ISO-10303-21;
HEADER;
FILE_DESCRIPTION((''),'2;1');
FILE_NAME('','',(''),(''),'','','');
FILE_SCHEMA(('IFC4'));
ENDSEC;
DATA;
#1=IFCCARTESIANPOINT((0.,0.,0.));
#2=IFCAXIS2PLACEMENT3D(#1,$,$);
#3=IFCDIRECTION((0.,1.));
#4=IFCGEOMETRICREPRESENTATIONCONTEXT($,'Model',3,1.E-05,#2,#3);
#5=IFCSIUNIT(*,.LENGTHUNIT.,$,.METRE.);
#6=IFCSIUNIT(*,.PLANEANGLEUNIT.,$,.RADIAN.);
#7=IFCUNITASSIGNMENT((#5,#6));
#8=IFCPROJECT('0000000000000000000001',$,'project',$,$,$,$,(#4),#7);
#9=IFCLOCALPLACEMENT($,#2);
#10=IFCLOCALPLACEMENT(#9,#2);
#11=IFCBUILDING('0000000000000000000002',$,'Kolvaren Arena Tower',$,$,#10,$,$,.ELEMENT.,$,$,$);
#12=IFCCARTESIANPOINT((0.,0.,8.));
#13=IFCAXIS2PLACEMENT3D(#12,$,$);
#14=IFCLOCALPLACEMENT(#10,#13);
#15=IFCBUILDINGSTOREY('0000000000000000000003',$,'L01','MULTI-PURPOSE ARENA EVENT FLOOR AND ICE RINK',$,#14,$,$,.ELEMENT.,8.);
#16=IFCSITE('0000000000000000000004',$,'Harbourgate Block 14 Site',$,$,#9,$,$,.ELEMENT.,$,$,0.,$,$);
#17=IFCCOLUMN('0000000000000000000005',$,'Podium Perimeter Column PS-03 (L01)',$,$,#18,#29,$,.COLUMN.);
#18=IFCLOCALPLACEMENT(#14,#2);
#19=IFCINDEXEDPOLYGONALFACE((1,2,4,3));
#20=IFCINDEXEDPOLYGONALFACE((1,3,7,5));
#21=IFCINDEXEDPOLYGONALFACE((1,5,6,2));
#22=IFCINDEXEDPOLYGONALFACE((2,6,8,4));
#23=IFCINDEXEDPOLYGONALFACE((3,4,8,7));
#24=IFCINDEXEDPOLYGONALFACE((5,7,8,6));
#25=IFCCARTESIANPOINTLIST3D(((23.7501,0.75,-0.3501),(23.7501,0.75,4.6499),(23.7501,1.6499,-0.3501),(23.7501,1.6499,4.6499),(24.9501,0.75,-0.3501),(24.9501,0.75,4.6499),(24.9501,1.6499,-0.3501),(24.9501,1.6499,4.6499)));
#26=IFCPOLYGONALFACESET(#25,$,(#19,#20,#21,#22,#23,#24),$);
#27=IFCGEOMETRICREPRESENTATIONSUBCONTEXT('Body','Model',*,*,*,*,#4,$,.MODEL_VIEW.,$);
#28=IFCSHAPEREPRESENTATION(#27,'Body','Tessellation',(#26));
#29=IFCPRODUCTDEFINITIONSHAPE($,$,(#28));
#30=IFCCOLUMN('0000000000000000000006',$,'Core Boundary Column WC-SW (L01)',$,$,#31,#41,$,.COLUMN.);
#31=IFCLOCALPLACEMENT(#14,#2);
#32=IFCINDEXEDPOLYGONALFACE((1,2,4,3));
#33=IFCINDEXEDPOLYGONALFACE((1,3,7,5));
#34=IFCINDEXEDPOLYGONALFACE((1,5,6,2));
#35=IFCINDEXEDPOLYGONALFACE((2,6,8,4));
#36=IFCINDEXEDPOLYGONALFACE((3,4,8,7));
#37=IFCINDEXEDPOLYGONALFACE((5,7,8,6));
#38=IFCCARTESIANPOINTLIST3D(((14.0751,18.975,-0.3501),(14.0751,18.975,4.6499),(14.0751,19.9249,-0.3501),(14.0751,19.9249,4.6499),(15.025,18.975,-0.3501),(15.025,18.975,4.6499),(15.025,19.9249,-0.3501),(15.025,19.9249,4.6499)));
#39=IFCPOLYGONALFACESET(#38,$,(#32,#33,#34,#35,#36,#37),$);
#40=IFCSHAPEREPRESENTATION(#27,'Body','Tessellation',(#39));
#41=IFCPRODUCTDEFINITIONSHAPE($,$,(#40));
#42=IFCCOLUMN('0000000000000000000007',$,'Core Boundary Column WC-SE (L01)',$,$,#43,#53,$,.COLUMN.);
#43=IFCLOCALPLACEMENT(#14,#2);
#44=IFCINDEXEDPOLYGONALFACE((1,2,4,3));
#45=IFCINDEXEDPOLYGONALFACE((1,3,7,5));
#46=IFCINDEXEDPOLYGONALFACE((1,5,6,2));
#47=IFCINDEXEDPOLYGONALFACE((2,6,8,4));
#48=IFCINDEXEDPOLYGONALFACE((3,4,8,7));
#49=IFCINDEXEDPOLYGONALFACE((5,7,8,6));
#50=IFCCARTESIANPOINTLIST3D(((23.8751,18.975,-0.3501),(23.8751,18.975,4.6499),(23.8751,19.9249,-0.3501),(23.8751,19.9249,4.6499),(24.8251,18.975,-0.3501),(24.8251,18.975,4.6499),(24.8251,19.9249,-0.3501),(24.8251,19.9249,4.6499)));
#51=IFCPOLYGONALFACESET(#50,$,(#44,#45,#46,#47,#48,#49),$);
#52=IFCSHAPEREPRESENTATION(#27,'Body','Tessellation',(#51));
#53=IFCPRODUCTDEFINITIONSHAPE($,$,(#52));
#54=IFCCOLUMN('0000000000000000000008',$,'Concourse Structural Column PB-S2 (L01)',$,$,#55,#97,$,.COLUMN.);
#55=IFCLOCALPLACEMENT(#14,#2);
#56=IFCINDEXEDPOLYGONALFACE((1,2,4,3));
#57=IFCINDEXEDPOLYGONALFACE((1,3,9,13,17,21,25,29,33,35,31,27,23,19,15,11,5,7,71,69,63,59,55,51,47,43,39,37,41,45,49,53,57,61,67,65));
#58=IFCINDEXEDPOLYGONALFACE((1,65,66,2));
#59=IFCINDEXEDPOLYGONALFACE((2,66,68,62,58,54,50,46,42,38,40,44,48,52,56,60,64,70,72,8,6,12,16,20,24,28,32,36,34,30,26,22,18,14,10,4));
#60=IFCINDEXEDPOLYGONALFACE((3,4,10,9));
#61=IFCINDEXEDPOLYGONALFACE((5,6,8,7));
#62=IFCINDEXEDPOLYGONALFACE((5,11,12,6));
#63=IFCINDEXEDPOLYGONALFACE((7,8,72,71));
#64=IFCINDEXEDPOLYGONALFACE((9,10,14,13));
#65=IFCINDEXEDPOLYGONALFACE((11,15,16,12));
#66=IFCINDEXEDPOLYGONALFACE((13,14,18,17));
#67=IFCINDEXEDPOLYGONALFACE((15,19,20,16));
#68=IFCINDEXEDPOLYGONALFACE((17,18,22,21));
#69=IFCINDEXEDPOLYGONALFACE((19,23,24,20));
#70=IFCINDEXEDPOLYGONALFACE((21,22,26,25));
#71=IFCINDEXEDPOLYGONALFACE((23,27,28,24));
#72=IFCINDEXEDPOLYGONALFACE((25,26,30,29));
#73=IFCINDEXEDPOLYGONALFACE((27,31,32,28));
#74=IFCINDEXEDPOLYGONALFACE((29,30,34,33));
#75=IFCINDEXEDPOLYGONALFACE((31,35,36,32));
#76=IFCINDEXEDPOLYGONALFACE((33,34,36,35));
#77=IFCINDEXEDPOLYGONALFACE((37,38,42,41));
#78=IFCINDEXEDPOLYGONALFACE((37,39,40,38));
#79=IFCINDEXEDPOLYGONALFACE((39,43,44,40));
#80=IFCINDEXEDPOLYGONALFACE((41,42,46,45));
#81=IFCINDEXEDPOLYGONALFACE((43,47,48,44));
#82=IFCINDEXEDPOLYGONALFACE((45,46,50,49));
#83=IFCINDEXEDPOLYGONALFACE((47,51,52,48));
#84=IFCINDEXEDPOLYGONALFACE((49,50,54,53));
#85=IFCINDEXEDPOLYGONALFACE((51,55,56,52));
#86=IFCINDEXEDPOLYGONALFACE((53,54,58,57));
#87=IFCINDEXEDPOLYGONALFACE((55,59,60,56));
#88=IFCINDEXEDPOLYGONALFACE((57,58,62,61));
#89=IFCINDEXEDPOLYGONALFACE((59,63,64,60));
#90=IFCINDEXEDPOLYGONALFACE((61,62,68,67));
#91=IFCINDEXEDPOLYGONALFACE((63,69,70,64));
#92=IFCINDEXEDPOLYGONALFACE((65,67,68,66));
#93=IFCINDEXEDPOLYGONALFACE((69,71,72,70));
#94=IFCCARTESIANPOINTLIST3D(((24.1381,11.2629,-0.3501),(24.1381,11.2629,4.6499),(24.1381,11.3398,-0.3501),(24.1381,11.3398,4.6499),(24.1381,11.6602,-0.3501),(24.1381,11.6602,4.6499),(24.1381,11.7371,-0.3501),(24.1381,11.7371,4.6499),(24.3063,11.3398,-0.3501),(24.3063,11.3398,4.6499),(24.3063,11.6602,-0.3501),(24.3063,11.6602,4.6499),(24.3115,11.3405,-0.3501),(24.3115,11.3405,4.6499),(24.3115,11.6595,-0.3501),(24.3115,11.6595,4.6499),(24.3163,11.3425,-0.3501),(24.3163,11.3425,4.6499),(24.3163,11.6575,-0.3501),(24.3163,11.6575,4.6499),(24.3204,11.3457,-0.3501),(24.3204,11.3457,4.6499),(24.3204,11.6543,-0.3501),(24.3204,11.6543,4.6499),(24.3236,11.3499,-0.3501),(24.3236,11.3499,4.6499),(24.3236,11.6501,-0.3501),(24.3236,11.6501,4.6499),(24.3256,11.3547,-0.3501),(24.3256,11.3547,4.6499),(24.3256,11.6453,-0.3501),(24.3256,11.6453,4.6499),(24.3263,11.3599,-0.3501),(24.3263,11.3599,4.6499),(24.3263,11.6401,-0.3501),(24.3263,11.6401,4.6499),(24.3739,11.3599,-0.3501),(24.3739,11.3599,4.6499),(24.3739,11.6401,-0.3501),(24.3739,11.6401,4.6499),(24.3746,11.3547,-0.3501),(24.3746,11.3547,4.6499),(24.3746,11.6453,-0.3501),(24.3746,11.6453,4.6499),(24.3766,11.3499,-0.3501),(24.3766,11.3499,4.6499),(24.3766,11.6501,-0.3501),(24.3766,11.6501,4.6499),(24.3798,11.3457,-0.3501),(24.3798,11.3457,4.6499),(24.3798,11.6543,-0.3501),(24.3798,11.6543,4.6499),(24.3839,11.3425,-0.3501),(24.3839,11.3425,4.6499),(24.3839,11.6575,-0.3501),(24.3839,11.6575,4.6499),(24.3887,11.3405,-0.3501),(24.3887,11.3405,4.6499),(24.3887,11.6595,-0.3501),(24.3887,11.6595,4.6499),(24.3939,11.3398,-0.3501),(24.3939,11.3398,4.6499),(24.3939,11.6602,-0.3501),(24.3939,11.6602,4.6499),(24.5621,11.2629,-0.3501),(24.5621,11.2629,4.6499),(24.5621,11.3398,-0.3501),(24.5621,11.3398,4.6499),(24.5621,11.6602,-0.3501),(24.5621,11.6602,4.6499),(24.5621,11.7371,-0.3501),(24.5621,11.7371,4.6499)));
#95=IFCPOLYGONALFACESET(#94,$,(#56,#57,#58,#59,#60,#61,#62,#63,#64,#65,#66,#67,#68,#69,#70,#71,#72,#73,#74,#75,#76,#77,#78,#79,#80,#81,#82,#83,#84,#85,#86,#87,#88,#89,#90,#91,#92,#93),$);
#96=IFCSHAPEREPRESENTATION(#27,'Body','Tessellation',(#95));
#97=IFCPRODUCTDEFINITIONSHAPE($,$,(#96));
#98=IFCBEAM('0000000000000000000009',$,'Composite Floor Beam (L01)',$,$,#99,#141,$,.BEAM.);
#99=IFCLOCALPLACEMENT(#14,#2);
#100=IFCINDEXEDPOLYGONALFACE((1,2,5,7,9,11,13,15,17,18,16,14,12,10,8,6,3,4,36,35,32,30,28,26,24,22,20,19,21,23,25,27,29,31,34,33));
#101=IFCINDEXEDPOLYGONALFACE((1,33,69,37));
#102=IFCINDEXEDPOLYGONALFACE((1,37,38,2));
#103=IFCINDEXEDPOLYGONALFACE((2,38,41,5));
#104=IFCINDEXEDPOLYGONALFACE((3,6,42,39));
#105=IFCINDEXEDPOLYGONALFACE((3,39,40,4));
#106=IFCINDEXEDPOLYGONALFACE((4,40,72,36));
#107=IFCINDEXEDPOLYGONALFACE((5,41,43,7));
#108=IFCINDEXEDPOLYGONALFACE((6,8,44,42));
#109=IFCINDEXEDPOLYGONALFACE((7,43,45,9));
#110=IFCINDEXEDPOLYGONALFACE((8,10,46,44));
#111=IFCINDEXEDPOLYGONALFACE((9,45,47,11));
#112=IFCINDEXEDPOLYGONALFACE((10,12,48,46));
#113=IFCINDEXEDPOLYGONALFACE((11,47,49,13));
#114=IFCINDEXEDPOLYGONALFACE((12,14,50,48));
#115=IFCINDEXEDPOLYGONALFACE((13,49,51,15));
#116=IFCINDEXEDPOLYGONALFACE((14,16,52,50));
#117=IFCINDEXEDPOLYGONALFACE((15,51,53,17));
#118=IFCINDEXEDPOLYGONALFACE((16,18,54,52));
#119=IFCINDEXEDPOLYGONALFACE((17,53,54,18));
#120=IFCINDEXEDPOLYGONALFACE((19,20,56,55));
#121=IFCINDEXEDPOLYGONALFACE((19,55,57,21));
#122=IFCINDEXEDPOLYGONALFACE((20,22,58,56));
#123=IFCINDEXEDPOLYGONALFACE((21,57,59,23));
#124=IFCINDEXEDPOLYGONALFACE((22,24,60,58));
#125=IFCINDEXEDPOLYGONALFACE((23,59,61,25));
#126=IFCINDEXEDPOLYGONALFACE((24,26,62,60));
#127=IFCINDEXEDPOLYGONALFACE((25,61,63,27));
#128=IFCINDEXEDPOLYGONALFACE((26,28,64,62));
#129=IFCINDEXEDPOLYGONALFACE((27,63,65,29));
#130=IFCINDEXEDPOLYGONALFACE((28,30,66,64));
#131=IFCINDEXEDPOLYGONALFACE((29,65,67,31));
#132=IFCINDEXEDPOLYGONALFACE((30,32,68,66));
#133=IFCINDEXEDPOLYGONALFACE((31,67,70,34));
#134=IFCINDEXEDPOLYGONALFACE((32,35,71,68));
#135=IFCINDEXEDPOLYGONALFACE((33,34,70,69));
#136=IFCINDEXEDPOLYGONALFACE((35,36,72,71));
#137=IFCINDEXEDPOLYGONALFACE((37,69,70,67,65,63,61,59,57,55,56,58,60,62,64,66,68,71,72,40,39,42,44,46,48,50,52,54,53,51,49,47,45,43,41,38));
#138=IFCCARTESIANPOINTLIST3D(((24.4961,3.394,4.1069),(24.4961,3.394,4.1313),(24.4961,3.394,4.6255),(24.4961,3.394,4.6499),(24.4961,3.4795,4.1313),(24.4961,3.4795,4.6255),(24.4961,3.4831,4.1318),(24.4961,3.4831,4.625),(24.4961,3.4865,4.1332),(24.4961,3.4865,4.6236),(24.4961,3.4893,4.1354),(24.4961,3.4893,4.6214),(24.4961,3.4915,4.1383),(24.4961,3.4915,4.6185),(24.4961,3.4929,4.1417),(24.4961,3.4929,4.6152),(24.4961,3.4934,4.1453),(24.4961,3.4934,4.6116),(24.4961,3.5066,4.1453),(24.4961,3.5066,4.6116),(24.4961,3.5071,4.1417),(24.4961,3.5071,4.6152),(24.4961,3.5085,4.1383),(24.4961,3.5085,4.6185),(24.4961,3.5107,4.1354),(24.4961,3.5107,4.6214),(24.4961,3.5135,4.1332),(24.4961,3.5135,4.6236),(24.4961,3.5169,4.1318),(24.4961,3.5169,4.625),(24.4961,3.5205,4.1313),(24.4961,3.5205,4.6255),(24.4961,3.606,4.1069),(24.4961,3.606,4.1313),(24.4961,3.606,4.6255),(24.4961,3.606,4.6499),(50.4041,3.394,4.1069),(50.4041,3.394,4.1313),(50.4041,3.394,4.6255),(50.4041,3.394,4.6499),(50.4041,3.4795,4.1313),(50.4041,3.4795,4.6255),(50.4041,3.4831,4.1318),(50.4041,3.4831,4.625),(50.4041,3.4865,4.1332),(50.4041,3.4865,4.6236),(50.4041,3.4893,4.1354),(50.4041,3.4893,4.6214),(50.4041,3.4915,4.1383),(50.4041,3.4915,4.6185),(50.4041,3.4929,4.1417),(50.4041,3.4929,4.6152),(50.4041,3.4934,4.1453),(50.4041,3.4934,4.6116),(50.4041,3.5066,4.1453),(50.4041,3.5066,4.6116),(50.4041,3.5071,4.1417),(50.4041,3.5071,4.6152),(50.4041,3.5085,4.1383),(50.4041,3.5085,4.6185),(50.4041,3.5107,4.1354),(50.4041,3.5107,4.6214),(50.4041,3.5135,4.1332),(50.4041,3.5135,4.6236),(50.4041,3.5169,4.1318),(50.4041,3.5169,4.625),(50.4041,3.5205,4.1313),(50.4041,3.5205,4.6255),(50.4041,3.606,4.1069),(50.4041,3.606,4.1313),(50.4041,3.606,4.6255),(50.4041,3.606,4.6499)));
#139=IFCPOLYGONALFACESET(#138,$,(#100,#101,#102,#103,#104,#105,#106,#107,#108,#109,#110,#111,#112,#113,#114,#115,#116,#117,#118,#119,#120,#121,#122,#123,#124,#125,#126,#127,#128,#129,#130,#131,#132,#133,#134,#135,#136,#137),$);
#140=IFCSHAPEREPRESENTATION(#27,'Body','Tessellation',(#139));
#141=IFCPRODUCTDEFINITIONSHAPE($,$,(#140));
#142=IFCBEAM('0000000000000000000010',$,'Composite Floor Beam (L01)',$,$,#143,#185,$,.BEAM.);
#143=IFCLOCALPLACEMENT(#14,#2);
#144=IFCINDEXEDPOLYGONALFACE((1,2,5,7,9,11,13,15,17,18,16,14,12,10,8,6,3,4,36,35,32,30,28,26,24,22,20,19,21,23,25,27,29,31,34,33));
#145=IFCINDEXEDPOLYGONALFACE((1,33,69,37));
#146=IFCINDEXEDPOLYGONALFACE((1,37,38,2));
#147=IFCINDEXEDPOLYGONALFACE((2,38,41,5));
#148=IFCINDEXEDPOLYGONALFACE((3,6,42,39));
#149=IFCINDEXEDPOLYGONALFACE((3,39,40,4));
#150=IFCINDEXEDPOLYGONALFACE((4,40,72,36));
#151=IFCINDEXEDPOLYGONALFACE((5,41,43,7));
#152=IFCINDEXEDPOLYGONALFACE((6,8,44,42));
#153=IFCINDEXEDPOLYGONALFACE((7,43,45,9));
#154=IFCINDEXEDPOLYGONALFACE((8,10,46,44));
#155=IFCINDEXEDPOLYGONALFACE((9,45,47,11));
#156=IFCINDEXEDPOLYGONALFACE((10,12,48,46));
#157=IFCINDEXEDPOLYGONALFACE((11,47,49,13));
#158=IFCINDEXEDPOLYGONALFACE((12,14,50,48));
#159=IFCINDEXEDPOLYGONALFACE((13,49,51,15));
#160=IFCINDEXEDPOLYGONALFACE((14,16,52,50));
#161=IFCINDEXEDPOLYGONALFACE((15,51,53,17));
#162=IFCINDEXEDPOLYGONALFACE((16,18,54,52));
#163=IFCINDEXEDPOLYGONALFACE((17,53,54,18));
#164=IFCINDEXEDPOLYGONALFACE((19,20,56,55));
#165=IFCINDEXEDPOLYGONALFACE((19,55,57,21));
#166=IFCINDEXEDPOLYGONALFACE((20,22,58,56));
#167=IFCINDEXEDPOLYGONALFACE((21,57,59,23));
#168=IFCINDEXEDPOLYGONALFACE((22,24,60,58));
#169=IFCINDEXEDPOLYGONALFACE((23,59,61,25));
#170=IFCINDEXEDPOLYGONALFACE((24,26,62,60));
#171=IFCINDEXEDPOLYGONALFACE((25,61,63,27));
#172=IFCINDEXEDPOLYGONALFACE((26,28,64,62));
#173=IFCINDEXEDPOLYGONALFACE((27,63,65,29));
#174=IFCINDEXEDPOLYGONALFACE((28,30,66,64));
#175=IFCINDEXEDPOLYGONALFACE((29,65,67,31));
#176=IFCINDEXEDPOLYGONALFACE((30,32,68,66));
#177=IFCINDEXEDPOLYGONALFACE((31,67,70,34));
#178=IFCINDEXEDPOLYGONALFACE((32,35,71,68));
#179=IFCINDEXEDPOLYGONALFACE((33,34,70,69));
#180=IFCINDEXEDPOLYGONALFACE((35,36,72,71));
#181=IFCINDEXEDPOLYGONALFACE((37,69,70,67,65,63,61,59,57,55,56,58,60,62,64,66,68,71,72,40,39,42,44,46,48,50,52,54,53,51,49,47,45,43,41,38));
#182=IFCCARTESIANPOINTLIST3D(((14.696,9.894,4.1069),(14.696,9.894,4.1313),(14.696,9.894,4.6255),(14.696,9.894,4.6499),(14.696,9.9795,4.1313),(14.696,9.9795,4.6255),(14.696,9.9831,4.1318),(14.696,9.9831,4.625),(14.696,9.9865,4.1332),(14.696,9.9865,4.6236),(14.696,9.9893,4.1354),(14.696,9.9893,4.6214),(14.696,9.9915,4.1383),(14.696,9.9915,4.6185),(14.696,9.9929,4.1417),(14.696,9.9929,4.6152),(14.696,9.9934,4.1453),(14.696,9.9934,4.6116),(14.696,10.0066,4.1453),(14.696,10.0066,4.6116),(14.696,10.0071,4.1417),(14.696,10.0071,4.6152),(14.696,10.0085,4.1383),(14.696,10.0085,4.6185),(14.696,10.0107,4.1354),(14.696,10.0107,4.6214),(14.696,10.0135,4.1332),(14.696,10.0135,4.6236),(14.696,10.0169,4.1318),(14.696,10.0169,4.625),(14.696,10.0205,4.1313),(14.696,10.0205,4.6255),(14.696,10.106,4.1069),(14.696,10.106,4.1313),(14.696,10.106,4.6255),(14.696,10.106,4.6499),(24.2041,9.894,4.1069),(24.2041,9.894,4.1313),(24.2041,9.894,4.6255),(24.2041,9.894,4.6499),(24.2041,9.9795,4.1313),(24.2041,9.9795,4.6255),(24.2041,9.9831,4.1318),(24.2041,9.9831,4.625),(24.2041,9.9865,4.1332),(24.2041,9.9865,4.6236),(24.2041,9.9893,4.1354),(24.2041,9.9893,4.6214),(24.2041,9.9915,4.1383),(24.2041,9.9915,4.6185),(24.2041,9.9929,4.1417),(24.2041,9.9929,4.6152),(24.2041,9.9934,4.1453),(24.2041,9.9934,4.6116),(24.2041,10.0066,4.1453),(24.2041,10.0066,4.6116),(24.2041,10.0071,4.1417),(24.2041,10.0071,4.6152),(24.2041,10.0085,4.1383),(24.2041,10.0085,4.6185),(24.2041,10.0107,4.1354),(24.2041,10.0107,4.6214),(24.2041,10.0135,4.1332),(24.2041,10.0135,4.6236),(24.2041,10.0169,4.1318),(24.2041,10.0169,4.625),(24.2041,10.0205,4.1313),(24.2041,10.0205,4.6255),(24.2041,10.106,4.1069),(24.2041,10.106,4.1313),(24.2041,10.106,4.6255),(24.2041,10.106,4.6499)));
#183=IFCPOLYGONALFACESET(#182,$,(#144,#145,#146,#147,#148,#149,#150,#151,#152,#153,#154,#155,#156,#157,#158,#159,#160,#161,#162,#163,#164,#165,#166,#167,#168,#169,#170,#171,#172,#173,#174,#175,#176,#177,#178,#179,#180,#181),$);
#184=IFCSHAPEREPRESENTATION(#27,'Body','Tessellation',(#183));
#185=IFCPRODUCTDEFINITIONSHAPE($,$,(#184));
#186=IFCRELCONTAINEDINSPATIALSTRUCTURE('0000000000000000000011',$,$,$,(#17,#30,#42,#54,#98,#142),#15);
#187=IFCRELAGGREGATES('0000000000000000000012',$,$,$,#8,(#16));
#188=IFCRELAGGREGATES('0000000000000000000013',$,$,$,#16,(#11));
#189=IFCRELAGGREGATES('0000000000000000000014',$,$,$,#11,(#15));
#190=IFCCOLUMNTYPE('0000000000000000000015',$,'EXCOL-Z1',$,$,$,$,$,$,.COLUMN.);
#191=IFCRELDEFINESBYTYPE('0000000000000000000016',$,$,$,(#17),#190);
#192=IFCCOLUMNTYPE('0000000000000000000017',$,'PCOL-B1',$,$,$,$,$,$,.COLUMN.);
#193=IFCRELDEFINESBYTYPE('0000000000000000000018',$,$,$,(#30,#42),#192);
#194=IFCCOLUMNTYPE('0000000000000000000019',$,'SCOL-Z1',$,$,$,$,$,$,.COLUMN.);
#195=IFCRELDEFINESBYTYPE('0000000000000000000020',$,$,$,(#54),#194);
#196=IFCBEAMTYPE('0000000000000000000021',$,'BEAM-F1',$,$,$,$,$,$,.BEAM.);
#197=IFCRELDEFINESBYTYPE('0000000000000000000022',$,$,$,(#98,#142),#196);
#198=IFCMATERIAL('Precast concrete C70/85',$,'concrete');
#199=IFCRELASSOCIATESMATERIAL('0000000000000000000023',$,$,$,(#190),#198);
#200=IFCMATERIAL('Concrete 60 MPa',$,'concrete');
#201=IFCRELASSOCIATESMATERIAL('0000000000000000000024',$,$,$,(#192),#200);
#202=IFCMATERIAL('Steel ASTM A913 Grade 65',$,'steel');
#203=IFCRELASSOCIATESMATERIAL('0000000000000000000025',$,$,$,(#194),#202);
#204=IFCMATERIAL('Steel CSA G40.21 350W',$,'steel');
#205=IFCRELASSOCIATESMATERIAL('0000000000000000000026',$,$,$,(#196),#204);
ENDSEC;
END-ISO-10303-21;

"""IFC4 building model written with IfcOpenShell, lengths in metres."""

from ifc_helpers import new_model, si_unit, direction, frame, origin, origin_2d, place, context, subcontext, project, spatial, rectangle, i_section, extrude, material, material_profile, profile_set, type_object, element, save


model = new_model("IFC4")

# Units and contexts
model_context = context("Model", 3, precision=1e-05, world=origin(), true_north=direction((0.0, 1.0)))
body_context = subcontext(model_context, "Body", "Model", "MODEL_VIEW")
ifc_project = project(units=[si_unit("LENGTHUNIT", "METRE"), si_unit("PLANEANGLEUNIT", "RADIAN")], contexts=[model_context])

# Site, building, storey
site_placement = place(None, origin())
site = spatial("IfcSite", under=ifc_project, at=site_placement, Name="Harbourgate Block 14 Site", CompositionType="ELEMENT", RefElevation=0.0)
building_placement = place(site_placement, origin())
building = spatial("IfcBuilding", under=site, at=building_placement, Name="Kolvaren Arena Tower", CompositionType="ELEMENT")
storey_placement = place(building_placement, frame((0.0, 0.0, 8.0)))
storey = spatial("IfcBuildingStorey", under=building, at=storey_placement, Name="L01", Description="MULTI-PURPOSE ARENA EVENT FLOOR AND ICE RINK", CompositionType="ELEMENT", Elevation=8.0)

# Columns
ifc_material_1 = material(Name="Precast concrete C70/85", Category="concrete")
ifc_material_profile_1 = material_profile(ifc_material_1, rectangle(XDim=1.2, YDim=0.8999, at=origin_2d()), Name="RC-1200x900")
ifc_profile_set_1 = profile_set([ifc_material_profile_1], Name="Precast concrete C70/85")
column_type_1 = type_object("IfcColumnType", Name="EXCOL-Z1", PredefinedType="COLUMN", material=ifc_profile_set_1)
column_1_placement = place(storey_placement, frame((24.3501, 1.2, -0.3501), z_axis=(0.0, 0.0, 1.0), x_axis=(1.0, 0.0, 0.0)))
element("IfcColumn", 1, at=column_1_placement, inside=storey, type_object=column_type_1, Name="Podium Perimeter Column PS-03 (L01)", PredefinedType="COLUMN", context=body_context, shape_type="SweptSolid", body=[
    extrude(rectangle(XDim=1.2, YDim=0.8999, at=origin_2d()), origin(), (0.0, 0.0, 1.0), 5.0),
])
ifc_material_2 = material(Name="Concrete 60 MPa", Category="concrete")
ifc_material_profile_2 = material_profile(ifc_material_2, rectangle(XDim=0.95, YDim=0.95, at=origin_2d()), Name="RC-950x950")
ifc_profile_set_2 = profile_set([ifc_material_profile_2], Name="Concrete 60 MPa")
column_type_2 = type_object("IfcColumnType", Name="PCOL-B1", PredefinedType="COLUMN", material=ifc_profile_set_2)
for number, where, z_axis, x_axis, name in (
    (2, (14.55, 19.45, -0.3501), (0.0, 0.0, 1.0), (1.0, 0.0, 0.0), "Core Boundary Column WC-SW (L01)"),
    (3, (24.3501, 19.45, -0.3501), (0.0, 0.0, 1.0), (1.0, 0.0, 0.0), "Core Boundary Column WC-SE (L01)"),
):
    element("IfcColumn", number, at=place(storey_placement, frame(where, z_axis=z_axis, x_axis=x_axis)), inside=storey, type_object=column_type_2, Name=name, PredefinedType="COLUMN", context=body_context, shape_type="SweptSolid", body=[
        extrude(rectangle(XDim=0.95, YDim=0.95, at=origin_2d()), origin(), (0.0, 0.0, 1.0), 5.0),
    ])
ifc_material_3 = material(Name="Steel ASTM A913 Grade 65", Category="steel")
ifc_material_profile_3 = material_profile(ifc_material_3, i_section(OverallWidth=0.4241, OverallDepth=0.4741, WebThickness=0.0476, FlangeThickness=0.0769, FilletRadius=0.02, at=origin_2d()), Name="W360x634")
ifc_profile_set_3 = profile_set([ifc_material_profile_3], Name="Steel ASTM A913 Grade 65")
column_type_3 = type_object("IfcColumnType", Name="SCOL-Z1", PredefinedType="COLUMN", material=ifc_profile_set_3)
column_2_placement = place(storey_placement, frame((24.3501, 11.5, -0.3501), z_axis=(0.0, 0.0, 1.0), x_axis=(1.0, 0.0, 0.0)))
element("IfcColumn", 4, at=column_2_placement, inside=storey, type_object=column_type_3, Name="Concourse Structural Column PB-S2 (L01)", PredefinedType="COLUMN", context=body_context, shape_type="SweptSolid", body=[
    extrude(i_section(OverallWidth=0.4241, OverallDepth=0.4741, WebThickness=0.0476, FlangeThickness=0.0769, FilletRadius=0.02, at=origin_2d()), origin(), (0.0, 0.0, 1.0), 5.0),
])

# Beams
ifc_material_4 = material(Name="Steel CSA G40.21 350W", Category="steel")
ifc_material_profile_4 = material_profile(ifc_material_4, i_section(OverallWidth=0.2119, OverallDepth=0.543, WebThickness=0.0132, FlangeThickness=0.0244, FilletRadius=0.0139, at=origin_2d()), Name="W530x150")
ifc_profile_set_4 = profile_set([ifc_material_profile_4], Name="Steel CSA G40.21 350W")
beam_type_1 = type_object("IfcBeamType", Name="BEAM-F1", PredefinedType="BEAM", material=ifc_profile_set_4)
beam_1_placement = place(storey_placement, frame((24.4961, 3.5, 4.3784), z_axis=(1.0, 0.0, 0.0), x_axis=(0.0, 1.0, 0.0)))
element("IfcBeam", 5, at=beam_1_placement, inside=storey, type_object=beam_type_1, Name="Composite Floor Beam (L01)", PredefinedType="BEAM", context=body_context, shape_type="SweptSolid", body=[
    extrude(i_section(OverallWidth=0.2119, OverallDepth=0.543, WebThickness=0.0132, FlangeThickness=0.0244, FilletRadius=0.0139, at=origin_2d()), origin(), (0.0, 0.0, 1.0), 25.908),
])
for number, where, z_axis, x_axis, name in (
    (6, (14.696, 10.0, 4.3784), (1.0, 0.0, 0.0), (0.0, 1.0, 0.0), "Composite Floor Beam (L01)"),
):
    element("IfcBeam", number, at=place(storey_placement, frame(where, z_axis=z_axis, x_axis=x_axis)), inside=storey, type_object=beam_type_1, Name=name, PredefinedType="BEAM", context=body_context, shape_type="SweptSolid", body=[
        extrude(i_section(OverallWidth=0.2119, OverallDepth=0.543, WebThickness=0.0132, FlangeThickness=0.0244, FilletRadius=0.0139, at=origin_2d()), origin(), (0.0, 0.0, 1.0), 9.5081),
    ])

save(model, "model.ifc")
